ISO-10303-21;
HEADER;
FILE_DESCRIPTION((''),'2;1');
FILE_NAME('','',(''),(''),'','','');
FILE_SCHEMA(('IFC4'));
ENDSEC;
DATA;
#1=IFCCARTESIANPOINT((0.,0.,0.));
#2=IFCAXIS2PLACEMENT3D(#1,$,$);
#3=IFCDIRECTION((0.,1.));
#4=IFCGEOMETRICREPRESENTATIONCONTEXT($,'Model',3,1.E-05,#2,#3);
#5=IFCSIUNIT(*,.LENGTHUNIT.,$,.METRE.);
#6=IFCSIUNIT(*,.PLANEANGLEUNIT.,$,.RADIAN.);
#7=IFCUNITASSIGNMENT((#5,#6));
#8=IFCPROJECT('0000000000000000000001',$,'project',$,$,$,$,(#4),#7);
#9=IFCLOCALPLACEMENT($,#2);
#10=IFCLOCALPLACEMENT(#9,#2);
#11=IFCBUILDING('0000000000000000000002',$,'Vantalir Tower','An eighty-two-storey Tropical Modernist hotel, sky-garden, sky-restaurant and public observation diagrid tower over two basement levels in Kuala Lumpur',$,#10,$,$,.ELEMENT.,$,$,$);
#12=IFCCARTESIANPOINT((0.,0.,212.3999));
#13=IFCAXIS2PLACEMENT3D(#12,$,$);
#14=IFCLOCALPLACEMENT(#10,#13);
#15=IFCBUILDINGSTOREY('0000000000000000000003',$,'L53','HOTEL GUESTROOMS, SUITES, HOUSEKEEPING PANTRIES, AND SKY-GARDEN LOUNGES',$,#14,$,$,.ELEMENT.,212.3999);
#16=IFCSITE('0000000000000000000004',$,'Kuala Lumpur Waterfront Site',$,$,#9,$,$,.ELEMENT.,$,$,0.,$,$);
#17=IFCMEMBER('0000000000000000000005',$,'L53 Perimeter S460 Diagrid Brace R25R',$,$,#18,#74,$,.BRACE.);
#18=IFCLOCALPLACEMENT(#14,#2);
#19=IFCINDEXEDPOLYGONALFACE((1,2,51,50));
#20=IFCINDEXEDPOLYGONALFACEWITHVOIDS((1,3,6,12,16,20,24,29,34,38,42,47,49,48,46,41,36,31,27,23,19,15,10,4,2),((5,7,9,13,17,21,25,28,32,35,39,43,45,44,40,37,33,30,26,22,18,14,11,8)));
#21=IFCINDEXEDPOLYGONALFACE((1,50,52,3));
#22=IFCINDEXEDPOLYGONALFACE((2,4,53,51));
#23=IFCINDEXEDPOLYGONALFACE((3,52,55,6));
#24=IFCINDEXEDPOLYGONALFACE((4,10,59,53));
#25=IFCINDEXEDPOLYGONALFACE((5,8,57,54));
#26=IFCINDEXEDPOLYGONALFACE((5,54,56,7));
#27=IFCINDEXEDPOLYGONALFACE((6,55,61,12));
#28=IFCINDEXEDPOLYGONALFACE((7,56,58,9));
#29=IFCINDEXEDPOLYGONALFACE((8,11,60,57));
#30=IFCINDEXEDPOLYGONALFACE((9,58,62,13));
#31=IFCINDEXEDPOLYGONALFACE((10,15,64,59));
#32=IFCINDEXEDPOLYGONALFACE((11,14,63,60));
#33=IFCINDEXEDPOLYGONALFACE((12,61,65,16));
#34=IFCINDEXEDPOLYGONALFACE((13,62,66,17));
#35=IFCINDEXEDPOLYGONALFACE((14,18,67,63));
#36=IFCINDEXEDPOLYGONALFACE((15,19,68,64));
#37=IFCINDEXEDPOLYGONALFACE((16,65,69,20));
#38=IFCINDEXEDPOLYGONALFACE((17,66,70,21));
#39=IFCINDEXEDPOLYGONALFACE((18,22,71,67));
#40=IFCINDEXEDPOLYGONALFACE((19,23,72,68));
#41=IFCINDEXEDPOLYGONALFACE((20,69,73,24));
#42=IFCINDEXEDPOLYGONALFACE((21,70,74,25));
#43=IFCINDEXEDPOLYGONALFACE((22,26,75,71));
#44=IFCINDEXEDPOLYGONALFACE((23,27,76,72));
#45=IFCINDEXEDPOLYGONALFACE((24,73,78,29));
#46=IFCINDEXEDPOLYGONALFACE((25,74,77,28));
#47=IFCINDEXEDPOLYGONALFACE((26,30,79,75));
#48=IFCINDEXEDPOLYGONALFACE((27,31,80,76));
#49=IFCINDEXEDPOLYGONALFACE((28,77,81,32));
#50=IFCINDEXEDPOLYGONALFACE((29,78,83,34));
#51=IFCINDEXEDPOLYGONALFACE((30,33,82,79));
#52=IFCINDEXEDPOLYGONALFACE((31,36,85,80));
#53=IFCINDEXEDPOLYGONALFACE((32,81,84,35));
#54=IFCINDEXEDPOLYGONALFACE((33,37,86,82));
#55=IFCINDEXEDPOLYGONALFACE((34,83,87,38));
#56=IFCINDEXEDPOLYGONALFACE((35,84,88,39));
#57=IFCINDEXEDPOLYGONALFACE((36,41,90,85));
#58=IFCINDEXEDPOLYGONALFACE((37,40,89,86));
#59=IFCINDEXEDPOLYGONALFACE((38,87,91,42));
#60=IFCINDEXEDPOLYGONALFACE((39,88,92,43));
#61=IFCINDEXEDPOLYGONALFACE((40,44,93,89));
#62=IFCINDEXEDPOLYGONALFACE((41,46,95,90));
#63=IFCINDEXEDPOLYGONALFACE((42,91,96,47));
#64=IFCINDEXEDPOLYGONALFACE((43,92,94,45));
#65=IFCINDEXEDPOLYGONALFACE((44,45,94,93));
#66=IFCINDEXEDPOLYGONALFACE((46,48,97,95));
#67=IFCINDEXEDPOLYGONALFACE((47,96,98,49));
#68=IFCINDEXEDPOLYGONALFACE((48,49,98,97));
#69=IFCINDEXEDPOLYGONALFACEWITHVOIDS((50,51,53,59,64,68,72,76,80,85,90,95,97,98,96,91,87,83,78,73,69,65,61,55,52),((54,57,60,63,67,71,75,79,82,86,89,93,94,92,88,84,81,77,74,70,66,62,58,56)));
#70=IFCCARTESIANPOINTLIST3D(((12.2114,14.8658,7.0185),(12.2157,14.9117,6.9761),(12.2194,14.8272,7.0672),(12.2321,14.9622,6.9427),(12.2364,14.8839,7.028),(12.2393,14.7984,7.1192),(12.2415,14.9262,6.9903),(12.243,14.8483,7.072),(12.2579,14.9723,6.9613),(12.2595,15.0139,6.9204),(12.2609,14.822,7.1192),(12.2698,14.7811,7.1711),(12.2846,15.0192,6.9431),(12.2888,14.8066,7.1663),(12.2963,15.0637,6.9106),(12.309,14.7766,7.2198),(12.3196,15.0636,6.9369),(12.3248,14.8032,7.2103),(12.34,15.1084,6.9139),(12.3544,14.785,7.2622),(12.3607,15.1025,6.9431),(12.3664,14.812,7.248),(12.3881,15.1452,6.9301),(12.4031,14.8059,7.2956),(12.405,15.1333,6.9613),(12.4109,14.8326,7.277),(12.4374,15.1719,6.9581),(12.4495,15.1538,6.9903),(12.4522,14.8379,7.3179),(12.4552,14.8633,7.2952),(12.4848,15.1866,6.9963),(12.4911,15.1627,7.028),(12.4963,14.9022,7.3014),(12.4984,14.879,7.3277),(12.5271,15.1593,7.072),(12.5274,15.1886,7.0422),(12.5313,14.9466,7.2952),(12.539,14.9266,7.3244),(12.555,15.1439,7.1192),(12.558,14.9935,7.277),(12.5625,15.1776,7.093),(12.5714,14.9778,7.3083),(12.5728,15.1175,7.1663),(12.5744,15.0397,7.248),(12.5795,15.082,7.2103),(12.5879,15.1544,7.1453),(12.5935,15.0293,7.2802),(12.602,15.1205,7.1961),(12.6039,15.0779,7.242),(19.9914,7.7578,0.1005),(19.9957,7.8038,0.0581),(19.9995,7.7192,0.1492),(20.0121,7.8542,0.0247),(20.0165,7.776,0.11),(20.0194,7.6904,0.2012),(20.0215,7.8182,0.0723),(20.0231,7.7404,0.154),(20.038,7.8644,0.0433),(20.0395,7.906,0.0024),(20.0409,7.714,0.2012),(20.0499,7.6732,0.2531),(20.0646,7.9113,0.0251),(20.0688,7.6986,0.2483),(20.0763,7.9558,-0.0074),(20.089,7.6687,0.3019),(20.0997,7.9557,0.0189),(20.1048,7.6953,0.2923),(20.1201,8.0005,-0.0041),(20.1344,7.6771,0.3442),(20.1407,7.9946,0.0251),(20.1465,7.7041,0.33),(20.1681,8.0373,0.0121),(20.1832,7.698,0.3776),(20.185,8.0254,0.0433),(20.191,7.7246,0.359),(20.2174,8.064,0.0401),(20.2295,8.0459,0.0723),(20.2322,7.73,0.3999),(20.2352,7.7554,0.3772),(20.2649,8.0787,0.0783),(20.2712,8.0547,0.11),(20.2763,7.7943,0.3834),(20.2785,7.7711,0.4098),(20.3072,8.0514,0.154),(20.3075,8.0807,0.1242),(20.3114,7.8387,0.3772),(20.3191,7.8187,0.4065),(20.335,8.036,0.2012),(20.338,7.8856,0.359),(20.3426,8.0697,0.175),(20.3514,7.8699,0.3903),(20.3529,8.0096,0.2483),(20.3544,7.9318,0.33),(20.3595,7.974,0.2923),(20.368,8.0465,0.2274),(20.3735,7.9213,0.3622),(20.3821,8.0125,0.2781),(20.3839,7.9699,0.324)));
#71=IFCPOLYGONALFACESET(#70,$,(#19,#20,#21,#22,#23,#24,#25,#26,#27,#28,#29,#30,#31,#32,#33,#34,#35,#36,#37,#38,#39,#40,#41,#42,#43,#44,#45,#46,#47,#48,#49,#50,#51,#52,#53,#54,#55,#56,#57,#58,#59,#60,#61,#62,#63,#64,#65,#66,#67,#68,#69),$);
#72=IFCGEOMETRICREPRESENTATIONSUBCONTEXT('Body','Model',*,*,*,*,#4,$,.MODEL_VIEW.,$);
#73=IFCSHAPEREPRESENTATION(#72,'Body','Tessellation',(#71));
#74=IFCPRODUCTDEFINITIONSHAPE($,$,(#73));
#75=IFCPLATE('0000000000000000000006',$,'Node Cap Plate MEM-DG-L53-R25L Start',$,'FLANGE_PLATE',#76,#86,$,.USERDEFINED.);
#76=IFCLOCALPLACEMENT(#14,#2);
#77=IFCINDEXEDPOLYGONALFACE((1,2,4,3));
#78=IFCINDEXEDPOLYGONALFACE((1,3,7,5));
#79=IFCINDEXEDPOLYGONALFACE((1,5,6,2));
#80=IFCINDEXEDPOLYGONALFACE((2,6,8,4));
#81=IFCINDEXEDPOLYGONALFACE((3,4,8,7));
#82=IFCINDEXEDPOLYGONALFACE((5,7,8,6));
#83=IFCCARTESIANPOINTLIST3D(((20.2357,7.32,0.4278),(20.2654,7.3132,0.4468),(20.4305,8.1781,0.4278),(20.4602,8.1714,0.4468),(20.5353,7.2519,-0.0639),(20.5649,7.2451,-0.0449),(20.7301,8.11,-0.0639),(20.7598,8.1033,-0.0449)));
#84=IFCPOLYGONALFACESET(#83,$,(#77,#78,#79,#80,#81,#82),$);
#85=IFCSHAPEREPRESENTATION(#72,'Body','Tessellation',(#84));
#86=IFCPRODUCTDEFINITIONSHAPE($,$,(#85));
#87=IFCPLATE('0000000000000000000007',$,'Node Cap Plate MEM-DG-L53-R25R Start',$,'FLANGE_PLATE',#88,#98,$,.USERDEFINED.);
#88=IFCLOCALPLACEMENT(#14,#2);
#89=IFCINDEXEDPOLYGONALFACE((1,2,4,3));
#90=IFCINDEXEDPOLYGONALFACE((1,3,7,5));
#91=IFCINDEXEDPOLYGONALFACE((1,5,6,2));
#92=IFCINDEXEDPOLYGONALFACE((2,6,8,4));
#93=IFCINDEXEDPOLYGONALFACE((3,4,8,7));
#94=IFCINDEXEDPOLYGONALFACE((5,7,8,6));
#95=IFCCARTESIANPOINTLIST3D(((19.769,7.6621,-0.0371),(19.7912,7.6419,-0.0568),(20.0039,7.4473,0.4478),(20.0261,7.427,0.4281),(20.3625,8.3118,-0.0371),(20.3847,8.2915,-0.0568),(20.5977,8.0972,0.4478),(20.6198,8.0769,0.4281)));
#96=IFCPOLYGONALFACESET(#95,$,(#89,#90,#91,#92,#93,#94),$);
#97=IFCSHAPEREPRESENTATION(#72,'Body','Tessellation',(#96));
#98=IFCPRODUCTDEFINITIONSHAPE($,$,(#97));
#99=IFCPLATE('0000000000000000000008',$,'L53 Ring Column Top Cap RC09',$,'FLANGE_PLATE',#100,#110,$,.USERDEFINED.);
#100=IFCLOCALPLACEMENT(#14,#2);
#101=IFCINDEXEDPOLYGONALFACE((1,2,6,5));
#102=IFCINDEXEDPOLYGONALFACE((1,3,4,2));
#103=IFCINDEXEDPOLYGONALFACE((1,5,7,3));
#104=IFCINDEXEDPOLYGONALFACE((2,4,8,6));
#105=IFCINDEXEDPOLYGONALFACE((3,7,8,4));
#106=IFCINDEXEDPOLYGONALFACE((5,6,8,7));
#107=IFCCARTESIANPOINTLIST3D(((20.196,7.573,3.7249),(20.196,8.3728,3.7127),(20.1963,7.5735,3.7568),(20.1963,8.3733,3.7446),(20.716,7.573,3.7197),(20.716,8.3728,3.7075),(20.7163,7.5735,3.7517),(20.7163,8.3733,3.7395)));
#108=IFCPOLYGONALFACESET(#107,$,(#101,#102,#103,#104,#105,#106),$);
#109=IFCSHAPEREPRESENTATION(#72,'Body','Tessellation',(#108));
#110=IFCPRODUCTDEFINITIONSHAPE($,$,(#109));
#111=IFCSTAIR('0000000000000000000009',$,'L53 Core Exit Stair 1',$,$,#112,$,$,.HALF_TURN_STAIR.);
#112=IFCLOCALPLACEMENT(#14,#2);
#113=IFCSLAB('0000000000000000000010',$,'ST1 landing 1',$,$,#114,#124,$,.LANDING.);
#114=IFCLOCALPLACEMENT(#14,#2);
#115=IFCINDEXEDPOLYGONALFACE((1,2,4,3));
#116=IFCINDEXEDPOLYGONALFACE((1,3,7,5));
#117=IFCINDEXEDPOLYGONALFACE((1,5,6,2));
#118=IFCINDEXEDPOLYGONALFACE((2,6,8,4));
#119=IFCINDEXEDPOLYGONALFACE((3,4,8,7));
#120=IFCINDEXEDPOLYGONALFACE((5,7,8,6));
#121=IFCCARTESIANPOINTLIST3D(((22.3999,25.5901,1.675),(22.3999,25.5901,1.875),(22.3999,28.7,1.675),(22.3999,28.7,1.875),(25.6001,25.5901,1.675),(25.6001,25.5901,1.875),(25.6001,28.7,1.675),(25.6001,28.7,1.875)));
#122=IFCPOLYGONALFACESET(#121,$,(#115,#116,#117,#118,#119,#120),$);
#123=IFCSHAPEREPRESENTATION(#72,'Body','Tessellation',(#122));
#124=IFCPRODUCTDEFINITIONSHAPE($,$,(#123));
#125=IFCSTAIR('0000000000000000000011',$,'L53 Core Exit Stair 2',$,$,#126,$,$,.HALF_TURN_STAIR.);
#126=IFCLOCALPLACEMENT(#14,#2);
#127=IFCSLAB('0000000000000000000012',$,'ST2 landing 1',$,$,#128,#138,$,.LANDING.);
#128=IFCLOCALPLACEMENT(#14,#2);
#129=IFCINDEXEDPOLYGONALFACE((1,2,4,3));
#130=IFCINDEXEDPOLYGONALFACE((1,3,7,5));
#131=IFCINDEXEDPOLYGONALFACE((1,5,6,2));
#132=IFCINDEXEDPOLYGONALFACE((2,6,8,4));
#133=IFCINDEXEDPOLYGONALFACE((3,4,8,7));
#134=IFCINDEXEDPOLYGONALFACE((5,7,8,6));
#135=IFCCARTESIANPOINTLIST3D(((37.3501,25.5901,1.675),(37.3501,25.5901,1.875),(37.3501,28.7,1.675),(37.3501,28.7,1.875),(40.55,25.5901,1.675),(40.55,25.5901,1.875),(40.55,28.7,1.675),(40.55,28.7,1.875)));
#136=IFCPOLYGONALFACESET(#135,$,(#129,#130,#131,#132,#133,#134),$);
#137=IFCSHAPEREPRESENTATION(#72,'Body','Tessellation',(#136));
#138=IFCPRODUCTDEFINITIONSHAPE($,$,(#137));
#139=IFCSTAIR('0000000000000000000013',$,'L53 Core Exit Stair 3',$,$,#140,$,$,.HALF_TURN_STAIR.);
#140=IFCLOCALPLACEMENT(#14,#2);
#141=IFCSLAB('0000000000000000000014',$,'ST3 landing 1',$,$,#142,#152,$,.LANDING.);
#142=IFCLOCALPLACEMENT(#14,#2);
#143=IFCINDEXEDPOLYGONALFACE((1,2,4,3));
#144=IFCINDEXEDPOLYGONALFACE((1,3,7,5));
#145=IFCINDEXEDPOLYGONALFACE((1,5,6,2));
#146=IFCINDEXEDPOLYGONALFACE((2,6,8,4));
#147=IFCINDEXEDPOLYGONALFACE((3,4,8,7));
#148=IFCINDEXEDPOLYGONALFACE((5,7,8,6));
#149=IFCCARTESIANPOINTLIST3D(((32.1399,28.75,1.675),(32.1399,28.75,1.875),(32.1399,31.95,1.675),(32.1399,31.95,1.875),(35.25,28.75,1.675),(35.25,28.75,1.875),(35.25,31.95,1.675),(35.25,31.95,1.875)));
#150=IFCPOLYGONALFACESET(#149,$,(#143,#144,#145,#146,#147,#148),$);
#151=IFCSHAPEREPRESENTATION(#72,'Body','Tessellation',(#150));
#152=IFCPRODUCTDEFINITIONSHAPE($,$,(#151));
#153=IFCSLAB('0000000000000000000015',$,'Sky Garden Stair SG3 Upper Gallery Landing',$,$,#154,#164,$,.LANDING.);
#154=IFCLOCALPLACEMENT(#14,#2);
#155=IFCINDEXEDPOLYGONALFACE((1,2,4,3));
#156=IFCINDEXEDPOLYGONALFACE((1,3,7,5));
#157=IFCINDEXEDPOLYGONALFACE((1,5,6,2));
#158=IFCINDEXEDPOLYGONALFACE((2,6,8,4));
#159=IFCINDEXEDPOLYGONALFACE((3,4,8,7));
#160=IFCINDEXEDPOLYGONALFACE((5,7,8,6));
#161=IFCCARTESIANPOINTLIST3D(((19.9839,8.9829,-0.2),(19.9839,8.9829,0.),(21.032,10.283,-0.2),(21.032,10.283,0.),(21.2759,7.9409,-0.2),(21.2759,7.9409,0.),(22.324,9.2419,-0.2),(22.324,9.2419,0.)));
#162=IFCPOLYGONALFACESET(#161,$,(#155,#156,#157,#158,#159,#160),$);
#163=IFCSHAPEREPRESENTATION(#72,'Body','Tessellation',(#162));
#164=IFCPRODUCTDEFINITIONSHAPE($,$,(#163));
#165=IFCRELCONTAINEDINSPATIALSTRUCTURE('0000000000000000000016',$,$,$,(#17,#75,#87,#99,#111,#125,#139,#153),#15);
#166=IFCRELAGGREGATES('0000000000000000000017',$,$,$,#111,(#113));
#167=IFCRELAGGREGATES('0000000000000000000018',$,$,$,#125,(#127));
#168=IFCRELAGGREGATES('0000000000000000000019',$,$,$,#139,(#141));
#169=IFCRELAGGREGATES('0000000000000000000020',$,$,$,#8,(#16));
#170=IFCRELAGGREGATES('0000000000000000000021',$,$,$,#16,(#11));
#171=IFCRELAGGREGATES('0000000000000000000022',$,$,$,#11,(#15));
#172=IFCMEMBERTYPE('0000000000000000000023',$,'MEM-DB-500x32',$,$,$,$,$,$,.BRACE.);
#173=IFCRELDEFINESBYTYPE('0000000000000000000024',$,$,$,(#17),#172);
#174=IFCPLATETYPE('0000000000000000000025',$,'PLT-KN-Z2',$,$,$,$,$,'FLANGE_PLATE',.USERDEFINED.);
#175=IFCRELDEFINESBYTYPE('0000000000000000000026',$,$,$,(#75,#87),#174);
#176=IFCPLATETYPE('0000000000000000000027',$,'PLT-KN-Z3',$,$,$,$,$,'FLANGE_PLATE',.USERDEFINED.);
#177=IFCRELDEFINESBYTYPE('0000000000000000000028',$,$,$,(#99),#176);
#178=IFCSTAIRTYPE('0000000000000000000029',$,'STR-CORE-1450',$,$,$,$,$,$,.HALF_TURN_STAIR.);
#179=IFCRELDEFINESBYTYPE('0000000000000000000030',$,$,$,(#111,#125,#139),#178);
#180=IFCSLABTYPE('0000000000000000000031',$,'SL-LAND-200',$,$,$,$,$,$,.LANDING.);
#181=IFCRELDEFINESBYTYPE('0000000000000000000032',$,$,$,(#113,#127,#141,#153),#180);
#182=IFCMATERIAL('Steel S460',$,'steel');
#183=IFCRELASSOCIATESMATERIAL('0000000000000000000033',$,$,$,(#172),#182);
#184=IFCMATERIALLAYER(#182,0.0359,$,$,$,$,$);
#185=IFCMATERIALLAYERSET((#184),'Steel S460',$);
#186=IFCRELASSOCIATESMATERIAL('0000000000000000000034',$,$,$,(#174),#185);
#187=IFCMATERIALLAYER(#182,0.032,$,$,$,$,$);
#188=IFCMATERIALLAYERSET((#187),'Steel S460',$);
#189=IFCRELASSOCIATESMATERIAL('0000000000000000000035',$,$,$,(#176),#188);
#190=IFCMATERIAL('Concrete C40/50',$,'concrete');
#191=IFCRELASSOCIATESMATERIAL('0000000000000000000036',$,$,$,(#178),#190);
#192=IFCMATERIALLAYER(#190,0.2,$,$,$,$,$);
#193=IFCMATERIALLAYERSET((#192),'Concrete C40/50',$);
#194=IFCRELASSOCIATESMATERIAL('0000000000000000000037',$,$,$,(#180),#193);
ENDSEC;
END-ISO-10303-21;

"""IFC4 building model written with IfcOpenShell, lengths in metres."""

from ifc_helpers import new_model, si_unit, direction, frame, origin, origin_2d, place, context, subcontext, project, spatial, polyline, hollow_circle, outline, extrude, material, layer, layer_set, material_profile, profile_set, type_object, element, aggregate, save


model = new_model("IFC4")

# Units and contexts
model_context = context("Model", 3, precision=1e-05, world=origin(), true_north=direction((0.0, 1.0)))
body_context = subcontext(model_context, "Body", "Model", "MODEL_VIEW")
ifc_project = project(units=[si_unit("LENGTHUNIT", "METRE"), si_unit("PLANEANGLEUNIT", "RADIAN")], contexts=[model_context])

# Site, building, storey
site_placement = place(None, origin())
site = spatial("IfcSite", under=ifc_project, at=site_placement, Name="Kuala Lumpur Waterfront Site", CompositionType="ELEMENT", RefElevation=0.0)
building_placement = place(site_placement, origin())
building = spatial("IfcBuilding", under=site, at=building_placement, Name="Vantalir Tower", Description="An eighty-two-storey Tropical Modernist hotel, sky-garden, sky-restaurant and public observation diagrid tower over two basement levels in Kuala Lumpur", CompositionType="ELEMENT")
storey_placement = place(building_placement, frame((0.0, 0.0, 212.3999)))
storey = spatial("IfcBuildingStorey", under=building, at=storey_placement, Name="L53", Description="HOTEL GUESTROOMS, SUITES, HOUSEKEEPING PANTRIES, AND SKY-GARDEN LOUNGES", CompositionType="ELEMENT", Elevation=212.3999)

# Shared definitions
ifc_material_1 = material(Name="Steel S460", Category="steel")

# Member
ifc_material_profile_1 = material_profile(ifc_material_1, hollow_circle(Radius=0.25, WallThickness=0.032, at=origin_2d()), Name="Steel S460")
ifc_profile_set_1 = profile_set([ifc_material_profile_1], Name="Steel S460")
member_type = type_object("IfcMemberType", Name="MEM-DB-500x32", PredefinedType="BRACE", material=ifc_profile_set_1)
member_1_placement = place(storey_placement, frame((20.188, 7.875, 0.2012), z_axis=(-0.617172, 0.563854, 0.548787), x_axis=(-0.674497, -0.738277, 0.0)))
element("IfcMember", 1, at=member_1_placement, inside=storey, type_object=member_type, Name="L53 Perimeter S460 Diagrid Brace R25R", PredefinedType="BRACE", context=body_context, shape_type="SweptSolid", body=[
    extrude(hollow_circle(Radius=0.25, WallThickness=0.032, at=origin_2d()), origin(), (0.0, 0.0, 1.0), 12.606),
])

# Plates
ifc_layer_1 = layer(ifc_material_1, 0.0359)
ifc_layer_set_1 = layer_set([ifc_layer_1], Name="Steel S460")
plate_type_1 = type_object("IfcPlateType", Name="PLT-KN-Z2", ElementType="FLANGE_PLATE", PredefinedType="USERDEFINED", material=ifc_layer_set_1)
plate_1_placement = place(storey_placement, frame((20.5649, 7.2451, -0.0449), z_axis=(0.827034, -0.187759, 0.529869), x_axis=(0.221393, 0.975185, 0.0)))
element("IfcPlate", 2, at=plate_1_placement, inside=storey, type_object=plate_type_1, Name="Node Cap Plate MEM-DG-L53-R25L Start", ObjectType="FLANGE_PLATE", PredefinedType="USERDEFINED", context=body_context, shape_type="SweptSolid", body=[
    extrude(outline(polyline([(0.0, 0.0), (0.88, 0.0), (0.8801, 0.5798), (0.0001, 0.5798), (0.0, 0.0)])), origin(), (0.0, 0.0, -1.0), 0.0359),
])
plate_2_placement = place(storey_placement, frame((20.3625, 8.3118, -0.0371), z_axis=(-0.617172, 0.563838, 0.548803), x_axis=(-0.674484, -0.738289, 0.000004)))
element("IfcPlate", 3, at=plate_2_placement, inside=storey, type_object=plate_type_1, Name="Node Cap Plate MEM-DG-L53-R25R Start", ObjectType="FLANGE_PLATE", PredefinedType="USERDEFINED", context=body_context, shape_type="SweptSolid", body=[
    extrude(outline(polyline([(0.0, 0.0), (0.8799, 0.0), (0.8802, 0.58), (-0.0001, 0.58), (0.0, 0.0)])), origin(), (0.0, 0.0, -1.0), 0.0359),
])
ifc_layer_2 = layer(ifc_material_1, 0.032)
ifc_layer_set_2 = layer_set([ifc_layer_2], Name="Steel S460")
plate_type_2 = type_object("IfcPlateType", Name="PLT-KN-Z3", ElementType="FLANGE_PLATE", PredefinedType="USERDEFINED", material=ifc_layer_set_2)
plate_3_placement = place(storey_placement, frame((20.1963, 8.3733, 3.7446), z_axis=(0.009858, 0.01526, 0.999835), x_axis=(0.0, -0.999884, 0.015261)))
element("IfcPlate", 4, at=plate_3_placement, inside=storey, type_object=plate_type_2, Name="L53 Ring Column Top Cap RC09", ObjectType="FLANGE_PLATE", PredefinedType="USERDEFINED", context=body_context, shape_type="SweptSolid", body=[
    extrude(outline(polyline([(0.0, 0.0), (0.7999, 0.0), (0.7998, 0.52), (-0.0001, 0.52), (0.0, 0.0)])), origin(), (0.0, 0.0, -1.0), 0.032),
])

# Stairs, slabs
ifc_material_2 = material(Name="Concrete C40/50", Category="concrete")
stair_type = type_object("IfcStairType", Name="STR-CORE-1450", PredefinedType="HALF_TURN_STAIR", material=ifc_material_2)
stair_1_placement = place(storey_placement, origin())
stair_1 = element("IfcStair", 5, at=stair_1_placement, inside=storey, type_object=stair_type, Name="L53 Core Exit Stair 1", PredefinedType="HALF_TURN_STAIR")
ifc_layer_3 = layer(ifc_material_2, 0.2)
ifc_layer_set_3 = layer_set([ifc_layer_3], Name="Concrete C40/50")
slab_type_1 = type_object("IfcSlabType", Name="SL-LAND-200", PredefinedType="LANDING", material=ifc_layer_set_3)
slab_1_placement = place(storey_placement, frame((0.0, 0.0, 1.675)))
slab_1 = element("IfcSlab", 6, at=slab_1_placement, type_object=slab_type_1, Name="ST1 landing 1", PredefinedType="LANDING", context=body_context, shape_type="SweptSolid", body=[
    extrude(outline(polyline([(25.6001, 25.5901), (25.6001, 28.7), (22.3999, 28.7), (22.3999, 25.5901), (25.6001, 25.5901)])), origin(), (0.0, 0.0, 1.0), 0.2),
])
aggregate(stair_1, [slab_1])
stair_2_placement = place(storey_placement, origin())
stair_2 = element("IfcStair", 7, at=stair_2_placement, inside=storey, type_object=stair_type, Name="L53 Core Exit Stair 2", PredefinedType="HALF_TURN_STAIR")
slab_2_placement = place(storey_placement, frame((0.0, 0.0, 1.675)))
slab_2 = element("IfcSlab", 8, at=slab_2_placement, type_object=slab_type_1, Name="ST2 landing 1", PredefinedType="LANDING", context=body_context, shape_type="SweptSolid", body=[
    extrude(outline(polyline([(40.55, 25.5901), (40.55, 28.7), (37.3501, 28.7), (37.3501, 25.5901), (40.55, 25.5901)])), origin(), (0.0, 0.0, 1.0), 0.2),
])
aggregate(stair_2, [slab_2])
stair_3_placement = place(storey_placement, origin())
stair_3 = element("IfcStair", 9, at=stair_3_placement, inside=storey, type_object=stair_type, Name="L53 Core Exit Stair 3", PredefinedType="HALF_TURN_STAIR")
slab_3_placement = place(storey_placement, frame((0.0, 0.0, 1.675)))
slab_3 = element("IfcSlab", 10, at=slab_3_placement, type_object=slab_type_1, Name="ST3 landing 1", PredefinedType="LANDING", context=body_context, shape_type="SweptSolid", body=[
    extrude(outline(polyline([(32.1399, 28.75), (35.25, 28.75), (35.25, 31.95), (32.1399, 31.95), (32.1399, 28.75)])), origin(), (0.0, 0.0, 1.0), 0.2),
])
aggregate(stair_3, [slab_3])

# Slab
slab_4_placement = place(storey_placement, frame((0.0, 0.0, -0.2)))
element("IfcSlab", 11, at=slab_4_placement, inside=storey, type_object=slab_type_1, Name="Sky Garden Stair SG3 Upper Gallery Landing", PredefinedType="LANDING", context=body_context, shape_type="SweptSolid", body=[
    extrude(outline(polyline([(19.9839, 8.9829), (21.2759, 7.9409), (22.324, 9.2419), (21.032, 10.283), (19.9839, 8.9829)])), origin(), (0.0, 0.0, 1.0), 0.2),
])

save(model, "model.ifc")
